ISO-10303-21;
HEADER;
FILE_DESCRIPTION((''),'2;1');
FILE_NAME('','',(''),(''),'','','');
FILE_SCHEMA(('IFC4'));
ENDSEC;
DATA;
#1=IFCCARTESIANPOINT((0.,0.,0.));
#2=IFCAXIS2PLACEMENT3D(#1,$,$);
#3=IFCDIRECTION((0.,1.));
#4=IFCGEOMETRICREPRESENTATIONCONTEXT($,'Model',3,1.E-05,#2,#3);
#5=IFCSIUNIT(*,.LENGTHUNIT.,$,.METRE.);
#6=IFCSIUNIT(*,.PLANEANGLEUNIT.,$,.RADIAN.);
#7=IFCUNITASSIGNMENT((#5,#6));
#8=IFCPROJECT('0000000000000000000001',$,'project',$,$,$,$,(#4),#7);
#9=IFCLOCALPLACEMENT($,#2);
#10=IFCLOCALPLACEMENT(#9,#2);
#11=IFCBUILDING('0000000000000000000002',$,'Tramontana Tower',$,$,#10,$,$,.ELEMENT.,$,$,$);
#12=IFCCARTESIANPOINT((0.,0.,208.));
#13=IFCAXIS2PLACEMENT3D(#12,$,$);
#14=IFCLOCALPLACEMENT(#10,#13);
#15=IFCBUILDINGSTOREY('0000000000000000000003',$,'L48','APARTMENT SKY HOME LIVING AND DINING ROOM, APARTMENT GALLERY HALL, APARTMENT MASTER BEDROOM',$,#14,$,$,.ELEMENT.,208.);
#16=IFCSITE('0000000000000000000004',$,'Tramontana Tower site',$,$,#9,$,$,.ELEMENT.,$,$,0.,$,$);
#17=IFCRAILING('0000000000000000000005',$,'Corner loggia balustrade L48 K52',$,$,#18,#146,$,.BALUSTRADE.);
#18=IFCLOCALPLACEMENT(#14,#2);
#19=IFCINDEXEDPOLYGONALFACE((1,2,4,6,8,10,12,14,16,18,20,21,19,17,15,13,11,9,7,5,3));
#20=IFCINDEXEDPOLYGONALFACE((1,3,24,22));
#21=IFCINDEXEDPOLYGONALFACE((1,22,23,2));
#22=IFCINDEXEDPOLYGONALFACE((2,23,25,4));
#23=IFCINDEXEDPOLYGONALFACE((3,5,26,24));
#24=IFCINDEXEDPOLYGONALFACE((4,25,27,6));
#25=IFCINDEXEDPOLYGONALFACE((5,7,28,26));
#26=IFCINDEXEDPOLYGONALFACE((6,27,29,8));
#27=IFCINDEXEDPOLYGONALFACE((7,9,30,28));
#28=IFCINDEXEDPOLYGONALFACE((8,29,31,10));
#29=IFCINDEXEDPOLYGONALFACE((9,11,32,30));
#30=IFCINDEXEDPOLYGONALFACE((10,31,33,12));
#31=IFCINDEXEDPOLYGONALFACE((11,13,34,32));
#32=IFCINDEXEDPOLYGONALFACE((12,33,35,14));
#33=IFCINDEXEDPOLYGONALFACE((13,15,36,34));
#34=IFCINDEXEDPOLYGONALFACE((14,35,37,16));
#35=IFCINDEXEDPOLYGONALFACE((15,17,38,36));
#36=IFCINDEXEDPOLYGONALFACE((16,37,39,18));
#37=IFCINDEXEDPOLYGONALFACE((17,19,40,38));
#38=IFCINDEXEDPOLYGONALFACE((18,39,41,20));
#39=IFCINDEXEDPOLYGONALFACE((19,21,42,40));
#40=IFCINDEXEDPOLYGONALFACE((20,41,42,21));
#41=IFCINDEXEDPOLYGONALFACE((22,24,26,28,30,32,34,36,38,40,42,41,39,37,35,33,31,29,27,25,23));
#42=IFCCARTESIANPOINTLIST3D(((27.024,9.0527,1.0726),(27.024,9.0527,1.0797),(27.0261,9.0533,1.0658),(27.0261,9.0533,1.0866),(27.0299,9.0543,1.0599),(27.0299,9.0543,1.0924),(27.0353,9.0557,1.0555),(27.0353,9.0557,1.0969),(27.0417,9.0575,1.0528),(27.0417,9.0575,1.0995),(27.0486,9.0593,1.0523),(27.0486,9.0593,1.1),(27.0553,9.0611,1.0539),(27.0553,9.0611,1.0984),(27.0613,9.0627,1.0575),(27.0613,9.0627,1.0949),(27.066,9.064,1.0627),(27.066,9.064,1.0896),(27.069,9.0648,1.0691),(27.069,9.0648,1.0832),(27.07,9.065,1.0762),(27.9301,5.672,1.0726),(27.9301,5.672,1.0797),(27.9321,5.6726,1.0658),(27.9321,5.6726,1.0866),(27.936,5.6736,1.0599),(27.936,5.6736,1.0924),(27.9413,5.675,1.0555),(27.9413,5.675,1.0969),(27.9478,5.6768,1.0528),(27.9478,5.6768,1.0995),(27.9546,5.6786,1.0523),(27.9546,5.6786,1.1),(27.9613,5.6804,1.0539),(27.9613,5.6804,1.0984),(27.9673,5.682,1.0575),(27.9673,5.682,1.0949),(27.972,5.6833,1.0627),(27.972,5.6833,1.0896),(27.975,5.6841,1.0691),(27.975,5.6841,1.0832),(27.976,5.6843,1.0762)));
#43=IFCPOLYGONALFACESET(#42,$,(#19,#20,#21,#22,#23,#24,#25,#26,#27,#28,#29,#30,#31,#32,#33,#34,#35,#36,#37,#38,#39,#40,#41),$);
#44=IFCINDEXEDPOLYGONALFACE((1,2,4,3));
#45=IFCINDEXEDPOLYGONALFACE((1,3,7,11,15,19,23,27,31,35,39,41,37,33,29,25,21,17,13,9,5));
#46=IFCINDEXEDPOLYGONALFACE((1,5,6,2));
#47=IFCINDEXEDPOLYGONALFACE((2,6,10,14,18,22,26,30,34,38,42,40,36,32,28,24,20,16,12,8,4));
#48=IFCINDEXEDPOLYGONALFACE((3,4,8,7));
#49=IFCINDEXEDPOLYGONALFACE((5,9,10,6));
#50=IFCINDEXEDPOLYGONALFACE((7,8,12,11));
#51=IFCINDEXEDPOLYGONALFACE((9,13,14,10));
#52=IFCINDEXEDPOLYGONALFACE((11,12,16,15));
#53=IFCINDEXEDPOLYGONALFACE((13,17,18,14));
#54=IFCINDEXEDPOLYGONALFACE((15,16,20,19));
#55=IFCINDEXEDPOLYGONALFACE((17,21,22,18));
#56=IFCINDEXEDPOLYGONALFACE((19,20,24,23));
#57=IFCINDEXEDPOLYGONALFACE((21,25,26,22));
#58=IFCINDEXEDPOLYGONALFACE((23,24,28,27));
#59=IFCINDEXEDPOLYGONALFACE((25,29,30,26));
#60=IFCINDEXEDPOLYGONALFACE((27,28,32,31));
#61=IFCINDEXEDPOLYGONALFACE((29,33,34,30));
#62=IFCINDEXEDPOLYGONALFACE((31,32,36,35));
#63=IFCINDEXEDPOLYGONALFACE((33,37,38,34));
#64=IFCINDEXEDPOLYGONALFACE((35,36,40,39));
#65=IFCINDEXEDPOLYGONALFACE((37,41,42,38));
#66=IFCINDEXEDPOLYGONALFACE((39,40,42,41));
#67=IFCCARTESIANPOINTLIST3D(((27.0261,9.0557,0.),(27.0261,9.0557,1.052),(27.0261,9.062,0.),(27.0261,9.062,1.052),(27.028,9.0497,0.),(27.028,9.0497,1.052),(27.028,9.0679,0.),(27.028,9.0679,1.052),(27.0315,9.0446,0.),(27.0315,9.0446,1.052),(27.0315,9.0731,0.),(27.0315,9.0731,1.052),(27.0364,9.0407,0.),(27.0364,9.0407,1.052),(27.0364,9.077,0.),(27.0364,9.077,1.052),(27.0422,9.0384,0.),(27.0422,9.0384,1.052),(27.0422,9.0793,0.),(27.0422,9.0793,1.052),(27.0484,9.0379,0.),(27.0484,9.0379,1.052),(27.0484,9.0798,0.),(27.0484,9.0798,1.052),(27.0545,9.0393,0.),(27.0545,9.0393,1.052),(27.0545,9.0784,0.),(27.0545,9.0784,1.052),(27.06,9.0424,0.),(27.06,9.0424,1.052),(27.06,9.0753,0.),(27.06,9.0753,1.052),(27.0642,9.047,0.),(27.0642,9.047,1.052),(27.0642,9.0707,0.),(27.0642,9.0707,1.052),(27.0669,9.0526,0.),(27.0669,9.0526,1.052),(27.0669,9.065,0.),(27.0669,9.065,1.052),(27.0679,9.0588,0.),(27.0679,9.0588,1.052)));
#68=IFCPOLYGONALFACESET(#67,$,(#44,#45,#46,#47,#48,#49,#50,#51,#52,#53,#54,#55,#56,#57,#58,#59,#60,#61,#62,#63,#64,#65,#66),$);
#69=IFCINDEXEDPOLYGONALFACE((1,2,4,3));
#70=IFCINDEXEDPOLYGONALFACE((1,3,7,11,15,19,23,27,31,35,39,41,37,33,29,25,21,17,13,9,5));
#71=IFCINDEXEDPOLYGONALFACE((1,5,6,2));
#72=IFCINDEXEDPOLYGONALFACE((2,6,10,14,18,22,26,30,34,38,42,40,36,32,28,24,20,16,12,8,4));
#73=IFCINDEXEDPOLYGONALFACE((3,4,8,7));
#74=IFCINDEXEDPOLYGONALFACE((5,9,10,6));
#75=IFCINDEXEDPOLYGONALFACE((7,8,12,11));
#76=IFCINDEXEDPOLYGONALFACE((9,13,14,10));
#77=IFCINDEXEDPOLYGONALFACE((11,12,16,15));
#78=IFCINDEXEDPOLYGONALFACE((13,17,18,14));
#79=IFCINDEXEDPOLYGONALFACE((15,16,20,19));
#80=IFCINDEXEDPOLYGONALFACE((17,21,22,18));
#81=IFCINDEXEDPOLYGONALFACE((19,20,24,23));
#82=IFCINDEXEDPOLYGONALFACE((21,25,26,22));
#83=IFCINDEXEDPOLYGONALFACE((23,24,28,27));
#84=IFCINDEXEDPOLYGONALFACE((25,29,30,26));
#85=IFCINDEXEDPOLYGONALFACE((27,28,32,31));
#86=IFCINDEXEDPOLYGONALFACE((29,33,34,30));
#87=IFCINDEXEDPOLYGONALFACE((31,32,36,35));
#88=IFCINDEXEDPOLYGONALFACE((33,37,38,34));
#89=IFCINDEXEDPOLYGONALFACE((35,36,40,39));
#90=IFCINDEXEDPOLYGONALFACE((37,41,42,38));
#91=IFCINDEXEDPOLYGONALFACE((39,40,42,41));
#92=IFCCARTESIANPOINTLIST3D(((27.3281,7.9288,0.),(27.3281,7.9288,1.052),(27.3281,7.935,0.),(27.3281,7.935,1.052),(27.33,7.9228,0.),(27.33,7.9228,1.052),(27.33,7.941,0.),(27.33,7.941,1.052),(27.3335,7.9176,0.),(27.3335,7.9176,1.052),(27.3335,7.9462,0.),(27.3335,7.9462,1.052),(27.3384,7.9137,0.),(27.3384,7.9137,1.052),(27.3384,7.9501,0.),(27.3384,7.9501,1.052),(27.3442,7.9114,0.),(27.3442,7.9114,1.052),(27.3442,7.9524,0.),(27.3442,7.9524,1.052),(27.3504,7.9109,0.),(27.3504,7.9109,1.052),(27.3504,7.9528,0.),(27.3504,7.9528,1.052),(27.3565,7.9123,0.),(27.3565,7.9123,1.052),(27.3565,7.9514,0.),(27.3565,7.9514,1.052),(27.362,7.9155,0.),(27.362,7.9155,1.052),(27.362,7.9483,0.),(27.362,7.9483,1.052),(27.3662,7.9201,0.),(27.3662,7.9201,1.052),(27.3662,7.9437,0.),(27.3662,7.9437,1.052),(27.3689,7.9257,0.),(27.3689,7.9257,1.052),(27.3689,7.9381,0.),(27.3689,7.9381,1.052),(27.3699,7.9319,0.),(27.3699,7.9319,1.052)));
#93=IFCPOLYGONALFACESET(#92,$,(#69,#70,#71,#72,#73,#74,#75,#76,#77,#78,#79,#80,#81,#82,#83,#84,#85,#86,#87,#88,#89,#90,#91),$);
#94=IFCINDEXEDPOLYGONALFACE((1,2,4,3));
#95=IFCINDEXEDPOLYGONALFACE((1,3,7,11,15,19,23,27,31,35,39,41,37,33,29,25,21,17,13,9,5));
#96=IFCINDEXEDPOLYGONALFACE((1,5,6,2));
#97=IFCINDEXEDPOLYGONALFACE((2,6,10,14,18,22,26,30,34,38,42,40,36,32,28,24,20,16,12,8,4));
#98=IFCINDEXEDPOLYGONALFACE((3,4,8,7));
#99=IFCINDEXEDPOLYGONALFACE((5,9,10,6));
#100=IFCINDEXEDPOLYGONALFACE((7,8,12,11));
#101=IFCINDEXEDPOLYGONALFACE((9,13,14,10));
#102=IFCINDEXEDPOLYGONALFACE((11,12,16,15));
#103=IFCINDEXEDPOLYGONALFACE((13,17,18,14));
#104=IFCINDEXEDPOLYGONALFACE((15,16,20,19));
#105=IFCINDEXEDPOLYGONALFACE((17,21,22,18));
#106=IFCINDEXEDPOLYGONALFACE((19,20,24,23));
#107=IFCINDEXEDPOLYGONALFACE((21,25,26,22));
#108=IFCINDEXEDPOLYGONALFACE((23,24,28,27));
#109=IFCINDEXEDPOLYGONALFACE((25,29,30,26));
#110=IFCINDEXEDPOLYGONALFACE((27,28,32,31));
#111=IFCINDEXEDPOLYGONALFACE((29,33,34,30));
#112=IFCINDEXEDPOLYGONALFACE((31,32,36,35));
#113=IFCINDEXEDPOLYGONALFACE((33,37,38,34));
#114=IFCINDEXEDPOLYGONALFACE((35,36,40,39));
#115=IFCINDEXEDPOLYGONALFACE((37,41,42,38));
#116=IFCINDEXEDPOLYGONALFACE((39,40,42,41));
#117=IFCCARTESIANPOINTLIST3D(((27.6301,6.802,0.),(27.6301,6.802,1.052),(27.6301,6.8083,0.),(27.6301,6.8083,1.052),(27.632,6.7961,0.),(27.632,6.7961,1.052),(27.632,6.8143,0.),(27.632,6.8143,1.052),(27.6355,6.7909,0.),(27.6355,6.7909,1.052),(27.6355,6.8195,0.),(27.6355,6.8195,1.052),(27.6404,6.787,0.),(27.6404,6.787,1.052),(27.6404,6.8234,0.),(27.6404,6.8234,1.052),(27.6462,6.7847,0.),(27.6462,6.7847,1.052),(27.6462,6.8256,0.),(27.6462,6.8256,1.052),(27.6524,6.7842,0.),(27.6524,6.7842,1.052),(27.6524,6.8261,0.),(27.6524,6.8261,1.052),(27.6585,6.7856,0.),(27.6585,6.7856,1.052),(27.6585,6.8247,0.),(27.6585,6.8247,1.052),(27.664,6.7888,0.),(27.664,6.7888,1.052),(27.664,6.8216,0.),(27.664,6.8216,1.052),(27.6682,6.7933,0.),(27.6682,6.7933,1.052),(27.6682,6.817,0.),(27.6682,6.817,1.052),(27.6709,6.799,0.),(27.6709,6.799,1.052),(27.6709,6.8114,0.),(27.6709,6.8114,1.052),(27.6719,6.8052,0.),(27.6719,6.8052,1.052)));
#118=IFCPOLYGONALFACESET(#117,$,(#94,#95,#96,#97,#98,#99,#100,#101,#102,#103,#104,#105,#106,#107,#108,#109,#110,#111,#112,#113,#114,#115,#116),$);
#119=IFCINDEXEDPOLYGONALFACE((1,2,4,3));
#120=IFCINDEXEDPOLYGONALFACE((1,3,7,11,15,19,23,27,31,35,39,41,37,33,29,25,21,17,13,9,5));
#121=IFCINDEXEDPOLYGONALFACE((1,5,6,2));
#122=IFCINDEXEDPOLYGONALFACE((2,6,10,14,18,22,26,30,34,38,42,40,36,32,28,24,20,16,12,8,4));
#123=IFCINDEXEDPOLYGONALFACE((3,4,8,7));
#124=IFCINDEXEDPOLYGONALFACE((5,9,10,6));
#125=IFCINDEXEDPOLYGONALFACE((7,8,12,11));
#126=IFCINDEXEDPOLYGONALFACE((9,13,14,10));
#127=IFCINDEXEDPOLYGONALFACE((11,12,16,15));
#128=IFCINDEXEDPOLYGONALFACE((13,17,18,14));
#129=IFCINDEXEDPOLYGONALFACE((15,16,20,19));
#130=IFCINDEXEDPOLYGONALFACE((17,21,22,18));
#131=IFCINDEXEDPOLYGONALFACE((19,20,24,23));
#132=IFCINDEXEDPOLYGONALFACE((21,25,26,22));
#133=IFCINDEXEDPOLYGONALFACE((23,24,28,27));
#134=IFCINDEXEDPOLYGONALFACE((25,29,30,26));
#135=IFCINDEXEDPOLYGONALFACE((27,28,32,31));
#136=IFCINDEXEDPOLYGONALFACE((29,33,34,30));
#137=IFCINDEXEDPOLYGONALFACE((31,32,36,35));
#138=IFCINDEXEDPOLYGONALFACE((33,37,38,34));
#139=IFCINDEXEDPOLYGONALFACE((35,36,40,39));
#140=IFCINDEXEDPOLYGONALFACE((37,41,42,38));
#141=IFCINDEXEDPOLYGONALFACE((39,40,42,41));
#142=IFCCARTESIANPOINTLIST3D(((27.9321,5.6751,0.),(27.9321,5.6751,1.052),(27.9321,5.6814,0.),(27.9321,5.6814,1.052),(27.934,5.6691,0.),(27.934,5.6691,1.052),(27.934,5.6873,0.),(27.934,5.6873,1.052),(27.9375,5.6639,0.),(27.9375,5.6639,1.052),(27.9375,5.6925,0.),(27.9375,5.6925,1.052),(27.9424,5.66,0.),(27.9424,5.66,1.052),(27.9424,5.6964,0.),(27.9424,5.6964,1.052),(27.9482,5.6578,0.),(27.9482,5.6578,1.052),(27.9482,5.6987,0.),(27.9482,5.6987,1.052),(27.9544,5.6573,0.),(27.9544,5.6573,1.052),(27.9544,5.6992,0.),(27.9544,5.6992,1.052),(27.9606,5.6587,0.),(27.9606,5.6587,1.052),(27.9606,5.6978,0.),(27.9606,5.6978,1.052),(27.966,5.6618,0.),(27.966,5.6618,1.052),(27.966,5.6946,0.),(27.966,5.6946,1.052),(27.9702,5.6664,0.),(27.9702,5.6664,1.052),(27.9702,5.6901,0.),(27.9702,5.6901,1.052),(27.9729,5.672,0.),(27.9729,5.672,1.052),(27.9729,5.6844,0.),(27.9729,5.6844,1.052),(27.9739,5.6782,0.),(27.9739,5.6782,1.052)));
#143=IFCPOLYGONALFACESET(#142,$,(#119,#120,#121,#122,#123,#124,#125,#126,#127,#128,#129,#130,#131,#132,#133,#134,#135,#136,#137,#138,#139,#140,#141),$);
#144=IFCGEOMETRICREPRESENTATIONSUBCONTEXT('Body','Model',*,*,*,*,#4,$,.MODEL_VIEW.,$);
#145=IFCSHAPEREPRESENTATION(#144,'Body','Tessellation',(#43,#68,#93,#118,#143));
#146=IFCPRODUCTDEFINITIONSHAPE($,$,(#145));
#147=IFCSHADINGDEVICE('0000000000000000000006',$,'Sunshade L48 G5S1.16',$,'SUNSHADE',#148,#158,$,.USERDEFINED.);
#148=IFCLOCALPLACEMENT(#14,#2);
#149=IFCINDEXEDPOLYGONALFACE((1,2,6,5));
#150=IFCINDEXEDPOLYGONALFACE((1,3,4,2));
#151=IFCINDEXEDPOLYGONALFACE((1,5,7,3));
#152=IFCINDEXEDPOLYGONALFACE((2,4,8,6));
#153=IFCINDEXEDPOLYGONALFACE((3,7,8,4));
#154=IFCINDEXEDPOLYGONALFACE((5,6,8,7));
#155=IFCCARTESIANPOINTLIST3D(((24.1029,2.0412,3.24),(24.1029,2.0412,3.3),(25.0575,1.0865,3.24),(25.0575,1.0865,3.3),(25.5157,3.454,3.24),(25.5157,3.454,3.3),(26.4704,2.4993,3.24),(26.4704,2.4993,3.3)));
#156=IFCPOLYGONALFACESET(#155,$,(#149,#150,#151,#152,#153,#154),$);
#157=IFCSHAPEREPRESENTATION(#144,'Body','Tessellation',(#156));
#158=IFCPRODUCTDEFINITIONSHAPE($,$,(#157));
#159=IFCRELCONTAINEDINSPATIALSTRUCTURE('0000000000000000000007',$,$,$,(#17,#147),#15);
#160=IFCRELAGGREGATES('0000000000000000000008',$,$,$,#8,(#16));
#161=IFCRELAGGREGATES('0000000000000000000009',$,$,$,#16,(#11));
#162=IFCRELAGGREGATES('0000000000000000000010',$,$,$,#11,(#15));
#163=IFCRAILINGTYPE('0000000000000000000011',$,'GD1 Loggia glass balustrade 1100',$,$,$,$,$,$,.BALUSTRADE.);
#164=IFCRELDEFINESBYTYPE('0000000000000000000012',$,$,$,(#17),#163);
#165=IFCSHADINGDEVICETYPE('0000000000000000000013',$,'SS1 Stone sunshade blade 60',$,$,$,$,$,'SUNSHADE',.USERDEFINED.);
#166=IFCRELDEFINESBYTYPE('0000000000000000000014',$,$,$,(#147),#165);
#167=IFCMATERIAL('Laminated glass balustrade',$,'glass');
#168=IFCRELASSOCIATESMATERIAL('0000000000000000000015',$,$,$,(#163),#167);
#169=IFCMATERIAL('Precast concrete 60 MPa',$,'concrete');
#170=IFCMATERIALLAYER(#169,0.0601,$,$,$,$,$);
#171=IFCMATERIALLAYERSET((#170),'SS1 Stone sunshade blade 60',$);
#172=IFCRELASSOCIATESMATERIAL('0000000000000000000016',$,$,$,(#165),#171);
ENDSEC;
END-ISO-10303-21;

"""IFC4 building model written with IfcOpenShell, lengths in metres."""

from ifc_helpers import new_model, si_unit, direction, frame, origin, origin_2d, place, context, subcontext, project, spatial, rectangle, circle, extrude, material, layer, layer_set, type_object, element, save


model = new_model("IFC4")

# Units and contexts
model_context = context("Model", 3, precision=1e-05, world=origin(), true_north=direction((0.0, 1.0)))
body_context = subcontext(model_context, "Body", "Model", "MODEL_VIEW")
ifc_project = project(units=[si_unit("LENGTHUNIT", "METRE"), si_unit("PLANEANGLEUNIT", "RADIAN")], contexts=[model_context])

# Site, building, storey
site_placement = place(None, origin())
site = spatial("IfcSite", under=ifc_project, at=site_placement, Name="Tramontana Tower site", CompositionType="ELEMENT", RefElevation=0.0)
building_placement = place(site_placement, origin())
building = spatial("IfcBuilding", under=site, at=building_placement, Name="Tramontana Tower", CompositionType="ELEMENT")
storey_placement = place(building_placement, frame((0.0, 0.0, 208.0)))
storey = spatial("IfcBuildingStorey", under=building, at=storey_placement, Name="L48", Description="APARTMENT SKY HOME LIVING AND DINING ROOM, APARTMENT GALLERY HALL, APARTMENT MASTER BEDROOM", CompositionType="ELEMENT", Elevation=208.0)

# Railing
ifc_material_1 = material(Name="Laminated glass balustrade", Category="glass")
railing_type = type_object("IfcRailingType", Name="GD1 Loggia glass balustrade 1100", PredefinedType="BALUSTRADE", material=ifc_material_1)
railing_1_placement = place(storey_placement, frame((27.0469, 9.0588, 0.0)))
element("IfcRailing", 1, at=railing_1_placement, inside=storey, type_object=railing_type, Name="Corner loggia balustrade L48 K52", PredefinedType="BALUSTRADE", context=body_context, shape_type="SweptSolid", body=[
    extrude(circle(Radius=0.0239, at=origin_2d()), frame((0.0, 0.0, 1.0762), z_axis=(0.258865, -0.965913, 0.0), x_axis=(0.965913, 0.258865, 0.0)), (0.0, 0.0, 1.0), 3.5),
    extrude(circle(Radius=0.021, at=origin_2d()), origin(), (0.0, 0.0, 1.0), 1.052),
    extrude(circle(Radius=0.021, at=origin_2d()), frame((0.302, -1.127, 0.0)), (0.0, 0.0, 1.0), 1.052),
    extrude(circle(Radius=0.021, at=origin_2d()), frame((0.604, -2.2537, 0.0)), (0.0, 0.0, 1.0), 1.052),
    extrude(circle(Radius=0.021, at=origin_2d()), frame((0.906, -3.3806, 0.0)), (0.0, 0.0, 1.0), 1.052),
])

# Shading device
ifc_material_2 = material(Name="Precast concrete 60 MPa", Category="concrete")
ifc_layer_1 = layer(ifc_material_2, 0.0601)
ifc_layer_set_1 = layer_set([ifc_layer_1], Name="SS1 Stone sunshade blade 60")
shading_device_type = type_object("IfcShadingDeviceType", Name="SS1 Stone sunshade blade 60", ElementType="SUNSHADE", PredefinedType="USERDEFINED", material=ifc_layer_set_1)
shading_device_placement = place(storey_placement, frame((25.2866, 2.2703, 3.24), z_axis=(0.0, 0.0, 1.0), x_axis=(0.707107, 0.707107, 0.0)))
element("IfcShadingDevice", 2, at=shading_device_placement, inside=storey, type_object=shading_device_type, Name="Sunshade L48 G5S1.16", ObjectType="SUNSHADE", PredefinedType="USERDEFINED", context=body_context, shape_type="SweptSolid", body=[
    extrude(rectangle(XDim=1.998, YDim=1.3501, at=origin_2d()), origin(), (0.0, 0.0, 1.0), 0.0601),
])

save(model, "model.ifc")
